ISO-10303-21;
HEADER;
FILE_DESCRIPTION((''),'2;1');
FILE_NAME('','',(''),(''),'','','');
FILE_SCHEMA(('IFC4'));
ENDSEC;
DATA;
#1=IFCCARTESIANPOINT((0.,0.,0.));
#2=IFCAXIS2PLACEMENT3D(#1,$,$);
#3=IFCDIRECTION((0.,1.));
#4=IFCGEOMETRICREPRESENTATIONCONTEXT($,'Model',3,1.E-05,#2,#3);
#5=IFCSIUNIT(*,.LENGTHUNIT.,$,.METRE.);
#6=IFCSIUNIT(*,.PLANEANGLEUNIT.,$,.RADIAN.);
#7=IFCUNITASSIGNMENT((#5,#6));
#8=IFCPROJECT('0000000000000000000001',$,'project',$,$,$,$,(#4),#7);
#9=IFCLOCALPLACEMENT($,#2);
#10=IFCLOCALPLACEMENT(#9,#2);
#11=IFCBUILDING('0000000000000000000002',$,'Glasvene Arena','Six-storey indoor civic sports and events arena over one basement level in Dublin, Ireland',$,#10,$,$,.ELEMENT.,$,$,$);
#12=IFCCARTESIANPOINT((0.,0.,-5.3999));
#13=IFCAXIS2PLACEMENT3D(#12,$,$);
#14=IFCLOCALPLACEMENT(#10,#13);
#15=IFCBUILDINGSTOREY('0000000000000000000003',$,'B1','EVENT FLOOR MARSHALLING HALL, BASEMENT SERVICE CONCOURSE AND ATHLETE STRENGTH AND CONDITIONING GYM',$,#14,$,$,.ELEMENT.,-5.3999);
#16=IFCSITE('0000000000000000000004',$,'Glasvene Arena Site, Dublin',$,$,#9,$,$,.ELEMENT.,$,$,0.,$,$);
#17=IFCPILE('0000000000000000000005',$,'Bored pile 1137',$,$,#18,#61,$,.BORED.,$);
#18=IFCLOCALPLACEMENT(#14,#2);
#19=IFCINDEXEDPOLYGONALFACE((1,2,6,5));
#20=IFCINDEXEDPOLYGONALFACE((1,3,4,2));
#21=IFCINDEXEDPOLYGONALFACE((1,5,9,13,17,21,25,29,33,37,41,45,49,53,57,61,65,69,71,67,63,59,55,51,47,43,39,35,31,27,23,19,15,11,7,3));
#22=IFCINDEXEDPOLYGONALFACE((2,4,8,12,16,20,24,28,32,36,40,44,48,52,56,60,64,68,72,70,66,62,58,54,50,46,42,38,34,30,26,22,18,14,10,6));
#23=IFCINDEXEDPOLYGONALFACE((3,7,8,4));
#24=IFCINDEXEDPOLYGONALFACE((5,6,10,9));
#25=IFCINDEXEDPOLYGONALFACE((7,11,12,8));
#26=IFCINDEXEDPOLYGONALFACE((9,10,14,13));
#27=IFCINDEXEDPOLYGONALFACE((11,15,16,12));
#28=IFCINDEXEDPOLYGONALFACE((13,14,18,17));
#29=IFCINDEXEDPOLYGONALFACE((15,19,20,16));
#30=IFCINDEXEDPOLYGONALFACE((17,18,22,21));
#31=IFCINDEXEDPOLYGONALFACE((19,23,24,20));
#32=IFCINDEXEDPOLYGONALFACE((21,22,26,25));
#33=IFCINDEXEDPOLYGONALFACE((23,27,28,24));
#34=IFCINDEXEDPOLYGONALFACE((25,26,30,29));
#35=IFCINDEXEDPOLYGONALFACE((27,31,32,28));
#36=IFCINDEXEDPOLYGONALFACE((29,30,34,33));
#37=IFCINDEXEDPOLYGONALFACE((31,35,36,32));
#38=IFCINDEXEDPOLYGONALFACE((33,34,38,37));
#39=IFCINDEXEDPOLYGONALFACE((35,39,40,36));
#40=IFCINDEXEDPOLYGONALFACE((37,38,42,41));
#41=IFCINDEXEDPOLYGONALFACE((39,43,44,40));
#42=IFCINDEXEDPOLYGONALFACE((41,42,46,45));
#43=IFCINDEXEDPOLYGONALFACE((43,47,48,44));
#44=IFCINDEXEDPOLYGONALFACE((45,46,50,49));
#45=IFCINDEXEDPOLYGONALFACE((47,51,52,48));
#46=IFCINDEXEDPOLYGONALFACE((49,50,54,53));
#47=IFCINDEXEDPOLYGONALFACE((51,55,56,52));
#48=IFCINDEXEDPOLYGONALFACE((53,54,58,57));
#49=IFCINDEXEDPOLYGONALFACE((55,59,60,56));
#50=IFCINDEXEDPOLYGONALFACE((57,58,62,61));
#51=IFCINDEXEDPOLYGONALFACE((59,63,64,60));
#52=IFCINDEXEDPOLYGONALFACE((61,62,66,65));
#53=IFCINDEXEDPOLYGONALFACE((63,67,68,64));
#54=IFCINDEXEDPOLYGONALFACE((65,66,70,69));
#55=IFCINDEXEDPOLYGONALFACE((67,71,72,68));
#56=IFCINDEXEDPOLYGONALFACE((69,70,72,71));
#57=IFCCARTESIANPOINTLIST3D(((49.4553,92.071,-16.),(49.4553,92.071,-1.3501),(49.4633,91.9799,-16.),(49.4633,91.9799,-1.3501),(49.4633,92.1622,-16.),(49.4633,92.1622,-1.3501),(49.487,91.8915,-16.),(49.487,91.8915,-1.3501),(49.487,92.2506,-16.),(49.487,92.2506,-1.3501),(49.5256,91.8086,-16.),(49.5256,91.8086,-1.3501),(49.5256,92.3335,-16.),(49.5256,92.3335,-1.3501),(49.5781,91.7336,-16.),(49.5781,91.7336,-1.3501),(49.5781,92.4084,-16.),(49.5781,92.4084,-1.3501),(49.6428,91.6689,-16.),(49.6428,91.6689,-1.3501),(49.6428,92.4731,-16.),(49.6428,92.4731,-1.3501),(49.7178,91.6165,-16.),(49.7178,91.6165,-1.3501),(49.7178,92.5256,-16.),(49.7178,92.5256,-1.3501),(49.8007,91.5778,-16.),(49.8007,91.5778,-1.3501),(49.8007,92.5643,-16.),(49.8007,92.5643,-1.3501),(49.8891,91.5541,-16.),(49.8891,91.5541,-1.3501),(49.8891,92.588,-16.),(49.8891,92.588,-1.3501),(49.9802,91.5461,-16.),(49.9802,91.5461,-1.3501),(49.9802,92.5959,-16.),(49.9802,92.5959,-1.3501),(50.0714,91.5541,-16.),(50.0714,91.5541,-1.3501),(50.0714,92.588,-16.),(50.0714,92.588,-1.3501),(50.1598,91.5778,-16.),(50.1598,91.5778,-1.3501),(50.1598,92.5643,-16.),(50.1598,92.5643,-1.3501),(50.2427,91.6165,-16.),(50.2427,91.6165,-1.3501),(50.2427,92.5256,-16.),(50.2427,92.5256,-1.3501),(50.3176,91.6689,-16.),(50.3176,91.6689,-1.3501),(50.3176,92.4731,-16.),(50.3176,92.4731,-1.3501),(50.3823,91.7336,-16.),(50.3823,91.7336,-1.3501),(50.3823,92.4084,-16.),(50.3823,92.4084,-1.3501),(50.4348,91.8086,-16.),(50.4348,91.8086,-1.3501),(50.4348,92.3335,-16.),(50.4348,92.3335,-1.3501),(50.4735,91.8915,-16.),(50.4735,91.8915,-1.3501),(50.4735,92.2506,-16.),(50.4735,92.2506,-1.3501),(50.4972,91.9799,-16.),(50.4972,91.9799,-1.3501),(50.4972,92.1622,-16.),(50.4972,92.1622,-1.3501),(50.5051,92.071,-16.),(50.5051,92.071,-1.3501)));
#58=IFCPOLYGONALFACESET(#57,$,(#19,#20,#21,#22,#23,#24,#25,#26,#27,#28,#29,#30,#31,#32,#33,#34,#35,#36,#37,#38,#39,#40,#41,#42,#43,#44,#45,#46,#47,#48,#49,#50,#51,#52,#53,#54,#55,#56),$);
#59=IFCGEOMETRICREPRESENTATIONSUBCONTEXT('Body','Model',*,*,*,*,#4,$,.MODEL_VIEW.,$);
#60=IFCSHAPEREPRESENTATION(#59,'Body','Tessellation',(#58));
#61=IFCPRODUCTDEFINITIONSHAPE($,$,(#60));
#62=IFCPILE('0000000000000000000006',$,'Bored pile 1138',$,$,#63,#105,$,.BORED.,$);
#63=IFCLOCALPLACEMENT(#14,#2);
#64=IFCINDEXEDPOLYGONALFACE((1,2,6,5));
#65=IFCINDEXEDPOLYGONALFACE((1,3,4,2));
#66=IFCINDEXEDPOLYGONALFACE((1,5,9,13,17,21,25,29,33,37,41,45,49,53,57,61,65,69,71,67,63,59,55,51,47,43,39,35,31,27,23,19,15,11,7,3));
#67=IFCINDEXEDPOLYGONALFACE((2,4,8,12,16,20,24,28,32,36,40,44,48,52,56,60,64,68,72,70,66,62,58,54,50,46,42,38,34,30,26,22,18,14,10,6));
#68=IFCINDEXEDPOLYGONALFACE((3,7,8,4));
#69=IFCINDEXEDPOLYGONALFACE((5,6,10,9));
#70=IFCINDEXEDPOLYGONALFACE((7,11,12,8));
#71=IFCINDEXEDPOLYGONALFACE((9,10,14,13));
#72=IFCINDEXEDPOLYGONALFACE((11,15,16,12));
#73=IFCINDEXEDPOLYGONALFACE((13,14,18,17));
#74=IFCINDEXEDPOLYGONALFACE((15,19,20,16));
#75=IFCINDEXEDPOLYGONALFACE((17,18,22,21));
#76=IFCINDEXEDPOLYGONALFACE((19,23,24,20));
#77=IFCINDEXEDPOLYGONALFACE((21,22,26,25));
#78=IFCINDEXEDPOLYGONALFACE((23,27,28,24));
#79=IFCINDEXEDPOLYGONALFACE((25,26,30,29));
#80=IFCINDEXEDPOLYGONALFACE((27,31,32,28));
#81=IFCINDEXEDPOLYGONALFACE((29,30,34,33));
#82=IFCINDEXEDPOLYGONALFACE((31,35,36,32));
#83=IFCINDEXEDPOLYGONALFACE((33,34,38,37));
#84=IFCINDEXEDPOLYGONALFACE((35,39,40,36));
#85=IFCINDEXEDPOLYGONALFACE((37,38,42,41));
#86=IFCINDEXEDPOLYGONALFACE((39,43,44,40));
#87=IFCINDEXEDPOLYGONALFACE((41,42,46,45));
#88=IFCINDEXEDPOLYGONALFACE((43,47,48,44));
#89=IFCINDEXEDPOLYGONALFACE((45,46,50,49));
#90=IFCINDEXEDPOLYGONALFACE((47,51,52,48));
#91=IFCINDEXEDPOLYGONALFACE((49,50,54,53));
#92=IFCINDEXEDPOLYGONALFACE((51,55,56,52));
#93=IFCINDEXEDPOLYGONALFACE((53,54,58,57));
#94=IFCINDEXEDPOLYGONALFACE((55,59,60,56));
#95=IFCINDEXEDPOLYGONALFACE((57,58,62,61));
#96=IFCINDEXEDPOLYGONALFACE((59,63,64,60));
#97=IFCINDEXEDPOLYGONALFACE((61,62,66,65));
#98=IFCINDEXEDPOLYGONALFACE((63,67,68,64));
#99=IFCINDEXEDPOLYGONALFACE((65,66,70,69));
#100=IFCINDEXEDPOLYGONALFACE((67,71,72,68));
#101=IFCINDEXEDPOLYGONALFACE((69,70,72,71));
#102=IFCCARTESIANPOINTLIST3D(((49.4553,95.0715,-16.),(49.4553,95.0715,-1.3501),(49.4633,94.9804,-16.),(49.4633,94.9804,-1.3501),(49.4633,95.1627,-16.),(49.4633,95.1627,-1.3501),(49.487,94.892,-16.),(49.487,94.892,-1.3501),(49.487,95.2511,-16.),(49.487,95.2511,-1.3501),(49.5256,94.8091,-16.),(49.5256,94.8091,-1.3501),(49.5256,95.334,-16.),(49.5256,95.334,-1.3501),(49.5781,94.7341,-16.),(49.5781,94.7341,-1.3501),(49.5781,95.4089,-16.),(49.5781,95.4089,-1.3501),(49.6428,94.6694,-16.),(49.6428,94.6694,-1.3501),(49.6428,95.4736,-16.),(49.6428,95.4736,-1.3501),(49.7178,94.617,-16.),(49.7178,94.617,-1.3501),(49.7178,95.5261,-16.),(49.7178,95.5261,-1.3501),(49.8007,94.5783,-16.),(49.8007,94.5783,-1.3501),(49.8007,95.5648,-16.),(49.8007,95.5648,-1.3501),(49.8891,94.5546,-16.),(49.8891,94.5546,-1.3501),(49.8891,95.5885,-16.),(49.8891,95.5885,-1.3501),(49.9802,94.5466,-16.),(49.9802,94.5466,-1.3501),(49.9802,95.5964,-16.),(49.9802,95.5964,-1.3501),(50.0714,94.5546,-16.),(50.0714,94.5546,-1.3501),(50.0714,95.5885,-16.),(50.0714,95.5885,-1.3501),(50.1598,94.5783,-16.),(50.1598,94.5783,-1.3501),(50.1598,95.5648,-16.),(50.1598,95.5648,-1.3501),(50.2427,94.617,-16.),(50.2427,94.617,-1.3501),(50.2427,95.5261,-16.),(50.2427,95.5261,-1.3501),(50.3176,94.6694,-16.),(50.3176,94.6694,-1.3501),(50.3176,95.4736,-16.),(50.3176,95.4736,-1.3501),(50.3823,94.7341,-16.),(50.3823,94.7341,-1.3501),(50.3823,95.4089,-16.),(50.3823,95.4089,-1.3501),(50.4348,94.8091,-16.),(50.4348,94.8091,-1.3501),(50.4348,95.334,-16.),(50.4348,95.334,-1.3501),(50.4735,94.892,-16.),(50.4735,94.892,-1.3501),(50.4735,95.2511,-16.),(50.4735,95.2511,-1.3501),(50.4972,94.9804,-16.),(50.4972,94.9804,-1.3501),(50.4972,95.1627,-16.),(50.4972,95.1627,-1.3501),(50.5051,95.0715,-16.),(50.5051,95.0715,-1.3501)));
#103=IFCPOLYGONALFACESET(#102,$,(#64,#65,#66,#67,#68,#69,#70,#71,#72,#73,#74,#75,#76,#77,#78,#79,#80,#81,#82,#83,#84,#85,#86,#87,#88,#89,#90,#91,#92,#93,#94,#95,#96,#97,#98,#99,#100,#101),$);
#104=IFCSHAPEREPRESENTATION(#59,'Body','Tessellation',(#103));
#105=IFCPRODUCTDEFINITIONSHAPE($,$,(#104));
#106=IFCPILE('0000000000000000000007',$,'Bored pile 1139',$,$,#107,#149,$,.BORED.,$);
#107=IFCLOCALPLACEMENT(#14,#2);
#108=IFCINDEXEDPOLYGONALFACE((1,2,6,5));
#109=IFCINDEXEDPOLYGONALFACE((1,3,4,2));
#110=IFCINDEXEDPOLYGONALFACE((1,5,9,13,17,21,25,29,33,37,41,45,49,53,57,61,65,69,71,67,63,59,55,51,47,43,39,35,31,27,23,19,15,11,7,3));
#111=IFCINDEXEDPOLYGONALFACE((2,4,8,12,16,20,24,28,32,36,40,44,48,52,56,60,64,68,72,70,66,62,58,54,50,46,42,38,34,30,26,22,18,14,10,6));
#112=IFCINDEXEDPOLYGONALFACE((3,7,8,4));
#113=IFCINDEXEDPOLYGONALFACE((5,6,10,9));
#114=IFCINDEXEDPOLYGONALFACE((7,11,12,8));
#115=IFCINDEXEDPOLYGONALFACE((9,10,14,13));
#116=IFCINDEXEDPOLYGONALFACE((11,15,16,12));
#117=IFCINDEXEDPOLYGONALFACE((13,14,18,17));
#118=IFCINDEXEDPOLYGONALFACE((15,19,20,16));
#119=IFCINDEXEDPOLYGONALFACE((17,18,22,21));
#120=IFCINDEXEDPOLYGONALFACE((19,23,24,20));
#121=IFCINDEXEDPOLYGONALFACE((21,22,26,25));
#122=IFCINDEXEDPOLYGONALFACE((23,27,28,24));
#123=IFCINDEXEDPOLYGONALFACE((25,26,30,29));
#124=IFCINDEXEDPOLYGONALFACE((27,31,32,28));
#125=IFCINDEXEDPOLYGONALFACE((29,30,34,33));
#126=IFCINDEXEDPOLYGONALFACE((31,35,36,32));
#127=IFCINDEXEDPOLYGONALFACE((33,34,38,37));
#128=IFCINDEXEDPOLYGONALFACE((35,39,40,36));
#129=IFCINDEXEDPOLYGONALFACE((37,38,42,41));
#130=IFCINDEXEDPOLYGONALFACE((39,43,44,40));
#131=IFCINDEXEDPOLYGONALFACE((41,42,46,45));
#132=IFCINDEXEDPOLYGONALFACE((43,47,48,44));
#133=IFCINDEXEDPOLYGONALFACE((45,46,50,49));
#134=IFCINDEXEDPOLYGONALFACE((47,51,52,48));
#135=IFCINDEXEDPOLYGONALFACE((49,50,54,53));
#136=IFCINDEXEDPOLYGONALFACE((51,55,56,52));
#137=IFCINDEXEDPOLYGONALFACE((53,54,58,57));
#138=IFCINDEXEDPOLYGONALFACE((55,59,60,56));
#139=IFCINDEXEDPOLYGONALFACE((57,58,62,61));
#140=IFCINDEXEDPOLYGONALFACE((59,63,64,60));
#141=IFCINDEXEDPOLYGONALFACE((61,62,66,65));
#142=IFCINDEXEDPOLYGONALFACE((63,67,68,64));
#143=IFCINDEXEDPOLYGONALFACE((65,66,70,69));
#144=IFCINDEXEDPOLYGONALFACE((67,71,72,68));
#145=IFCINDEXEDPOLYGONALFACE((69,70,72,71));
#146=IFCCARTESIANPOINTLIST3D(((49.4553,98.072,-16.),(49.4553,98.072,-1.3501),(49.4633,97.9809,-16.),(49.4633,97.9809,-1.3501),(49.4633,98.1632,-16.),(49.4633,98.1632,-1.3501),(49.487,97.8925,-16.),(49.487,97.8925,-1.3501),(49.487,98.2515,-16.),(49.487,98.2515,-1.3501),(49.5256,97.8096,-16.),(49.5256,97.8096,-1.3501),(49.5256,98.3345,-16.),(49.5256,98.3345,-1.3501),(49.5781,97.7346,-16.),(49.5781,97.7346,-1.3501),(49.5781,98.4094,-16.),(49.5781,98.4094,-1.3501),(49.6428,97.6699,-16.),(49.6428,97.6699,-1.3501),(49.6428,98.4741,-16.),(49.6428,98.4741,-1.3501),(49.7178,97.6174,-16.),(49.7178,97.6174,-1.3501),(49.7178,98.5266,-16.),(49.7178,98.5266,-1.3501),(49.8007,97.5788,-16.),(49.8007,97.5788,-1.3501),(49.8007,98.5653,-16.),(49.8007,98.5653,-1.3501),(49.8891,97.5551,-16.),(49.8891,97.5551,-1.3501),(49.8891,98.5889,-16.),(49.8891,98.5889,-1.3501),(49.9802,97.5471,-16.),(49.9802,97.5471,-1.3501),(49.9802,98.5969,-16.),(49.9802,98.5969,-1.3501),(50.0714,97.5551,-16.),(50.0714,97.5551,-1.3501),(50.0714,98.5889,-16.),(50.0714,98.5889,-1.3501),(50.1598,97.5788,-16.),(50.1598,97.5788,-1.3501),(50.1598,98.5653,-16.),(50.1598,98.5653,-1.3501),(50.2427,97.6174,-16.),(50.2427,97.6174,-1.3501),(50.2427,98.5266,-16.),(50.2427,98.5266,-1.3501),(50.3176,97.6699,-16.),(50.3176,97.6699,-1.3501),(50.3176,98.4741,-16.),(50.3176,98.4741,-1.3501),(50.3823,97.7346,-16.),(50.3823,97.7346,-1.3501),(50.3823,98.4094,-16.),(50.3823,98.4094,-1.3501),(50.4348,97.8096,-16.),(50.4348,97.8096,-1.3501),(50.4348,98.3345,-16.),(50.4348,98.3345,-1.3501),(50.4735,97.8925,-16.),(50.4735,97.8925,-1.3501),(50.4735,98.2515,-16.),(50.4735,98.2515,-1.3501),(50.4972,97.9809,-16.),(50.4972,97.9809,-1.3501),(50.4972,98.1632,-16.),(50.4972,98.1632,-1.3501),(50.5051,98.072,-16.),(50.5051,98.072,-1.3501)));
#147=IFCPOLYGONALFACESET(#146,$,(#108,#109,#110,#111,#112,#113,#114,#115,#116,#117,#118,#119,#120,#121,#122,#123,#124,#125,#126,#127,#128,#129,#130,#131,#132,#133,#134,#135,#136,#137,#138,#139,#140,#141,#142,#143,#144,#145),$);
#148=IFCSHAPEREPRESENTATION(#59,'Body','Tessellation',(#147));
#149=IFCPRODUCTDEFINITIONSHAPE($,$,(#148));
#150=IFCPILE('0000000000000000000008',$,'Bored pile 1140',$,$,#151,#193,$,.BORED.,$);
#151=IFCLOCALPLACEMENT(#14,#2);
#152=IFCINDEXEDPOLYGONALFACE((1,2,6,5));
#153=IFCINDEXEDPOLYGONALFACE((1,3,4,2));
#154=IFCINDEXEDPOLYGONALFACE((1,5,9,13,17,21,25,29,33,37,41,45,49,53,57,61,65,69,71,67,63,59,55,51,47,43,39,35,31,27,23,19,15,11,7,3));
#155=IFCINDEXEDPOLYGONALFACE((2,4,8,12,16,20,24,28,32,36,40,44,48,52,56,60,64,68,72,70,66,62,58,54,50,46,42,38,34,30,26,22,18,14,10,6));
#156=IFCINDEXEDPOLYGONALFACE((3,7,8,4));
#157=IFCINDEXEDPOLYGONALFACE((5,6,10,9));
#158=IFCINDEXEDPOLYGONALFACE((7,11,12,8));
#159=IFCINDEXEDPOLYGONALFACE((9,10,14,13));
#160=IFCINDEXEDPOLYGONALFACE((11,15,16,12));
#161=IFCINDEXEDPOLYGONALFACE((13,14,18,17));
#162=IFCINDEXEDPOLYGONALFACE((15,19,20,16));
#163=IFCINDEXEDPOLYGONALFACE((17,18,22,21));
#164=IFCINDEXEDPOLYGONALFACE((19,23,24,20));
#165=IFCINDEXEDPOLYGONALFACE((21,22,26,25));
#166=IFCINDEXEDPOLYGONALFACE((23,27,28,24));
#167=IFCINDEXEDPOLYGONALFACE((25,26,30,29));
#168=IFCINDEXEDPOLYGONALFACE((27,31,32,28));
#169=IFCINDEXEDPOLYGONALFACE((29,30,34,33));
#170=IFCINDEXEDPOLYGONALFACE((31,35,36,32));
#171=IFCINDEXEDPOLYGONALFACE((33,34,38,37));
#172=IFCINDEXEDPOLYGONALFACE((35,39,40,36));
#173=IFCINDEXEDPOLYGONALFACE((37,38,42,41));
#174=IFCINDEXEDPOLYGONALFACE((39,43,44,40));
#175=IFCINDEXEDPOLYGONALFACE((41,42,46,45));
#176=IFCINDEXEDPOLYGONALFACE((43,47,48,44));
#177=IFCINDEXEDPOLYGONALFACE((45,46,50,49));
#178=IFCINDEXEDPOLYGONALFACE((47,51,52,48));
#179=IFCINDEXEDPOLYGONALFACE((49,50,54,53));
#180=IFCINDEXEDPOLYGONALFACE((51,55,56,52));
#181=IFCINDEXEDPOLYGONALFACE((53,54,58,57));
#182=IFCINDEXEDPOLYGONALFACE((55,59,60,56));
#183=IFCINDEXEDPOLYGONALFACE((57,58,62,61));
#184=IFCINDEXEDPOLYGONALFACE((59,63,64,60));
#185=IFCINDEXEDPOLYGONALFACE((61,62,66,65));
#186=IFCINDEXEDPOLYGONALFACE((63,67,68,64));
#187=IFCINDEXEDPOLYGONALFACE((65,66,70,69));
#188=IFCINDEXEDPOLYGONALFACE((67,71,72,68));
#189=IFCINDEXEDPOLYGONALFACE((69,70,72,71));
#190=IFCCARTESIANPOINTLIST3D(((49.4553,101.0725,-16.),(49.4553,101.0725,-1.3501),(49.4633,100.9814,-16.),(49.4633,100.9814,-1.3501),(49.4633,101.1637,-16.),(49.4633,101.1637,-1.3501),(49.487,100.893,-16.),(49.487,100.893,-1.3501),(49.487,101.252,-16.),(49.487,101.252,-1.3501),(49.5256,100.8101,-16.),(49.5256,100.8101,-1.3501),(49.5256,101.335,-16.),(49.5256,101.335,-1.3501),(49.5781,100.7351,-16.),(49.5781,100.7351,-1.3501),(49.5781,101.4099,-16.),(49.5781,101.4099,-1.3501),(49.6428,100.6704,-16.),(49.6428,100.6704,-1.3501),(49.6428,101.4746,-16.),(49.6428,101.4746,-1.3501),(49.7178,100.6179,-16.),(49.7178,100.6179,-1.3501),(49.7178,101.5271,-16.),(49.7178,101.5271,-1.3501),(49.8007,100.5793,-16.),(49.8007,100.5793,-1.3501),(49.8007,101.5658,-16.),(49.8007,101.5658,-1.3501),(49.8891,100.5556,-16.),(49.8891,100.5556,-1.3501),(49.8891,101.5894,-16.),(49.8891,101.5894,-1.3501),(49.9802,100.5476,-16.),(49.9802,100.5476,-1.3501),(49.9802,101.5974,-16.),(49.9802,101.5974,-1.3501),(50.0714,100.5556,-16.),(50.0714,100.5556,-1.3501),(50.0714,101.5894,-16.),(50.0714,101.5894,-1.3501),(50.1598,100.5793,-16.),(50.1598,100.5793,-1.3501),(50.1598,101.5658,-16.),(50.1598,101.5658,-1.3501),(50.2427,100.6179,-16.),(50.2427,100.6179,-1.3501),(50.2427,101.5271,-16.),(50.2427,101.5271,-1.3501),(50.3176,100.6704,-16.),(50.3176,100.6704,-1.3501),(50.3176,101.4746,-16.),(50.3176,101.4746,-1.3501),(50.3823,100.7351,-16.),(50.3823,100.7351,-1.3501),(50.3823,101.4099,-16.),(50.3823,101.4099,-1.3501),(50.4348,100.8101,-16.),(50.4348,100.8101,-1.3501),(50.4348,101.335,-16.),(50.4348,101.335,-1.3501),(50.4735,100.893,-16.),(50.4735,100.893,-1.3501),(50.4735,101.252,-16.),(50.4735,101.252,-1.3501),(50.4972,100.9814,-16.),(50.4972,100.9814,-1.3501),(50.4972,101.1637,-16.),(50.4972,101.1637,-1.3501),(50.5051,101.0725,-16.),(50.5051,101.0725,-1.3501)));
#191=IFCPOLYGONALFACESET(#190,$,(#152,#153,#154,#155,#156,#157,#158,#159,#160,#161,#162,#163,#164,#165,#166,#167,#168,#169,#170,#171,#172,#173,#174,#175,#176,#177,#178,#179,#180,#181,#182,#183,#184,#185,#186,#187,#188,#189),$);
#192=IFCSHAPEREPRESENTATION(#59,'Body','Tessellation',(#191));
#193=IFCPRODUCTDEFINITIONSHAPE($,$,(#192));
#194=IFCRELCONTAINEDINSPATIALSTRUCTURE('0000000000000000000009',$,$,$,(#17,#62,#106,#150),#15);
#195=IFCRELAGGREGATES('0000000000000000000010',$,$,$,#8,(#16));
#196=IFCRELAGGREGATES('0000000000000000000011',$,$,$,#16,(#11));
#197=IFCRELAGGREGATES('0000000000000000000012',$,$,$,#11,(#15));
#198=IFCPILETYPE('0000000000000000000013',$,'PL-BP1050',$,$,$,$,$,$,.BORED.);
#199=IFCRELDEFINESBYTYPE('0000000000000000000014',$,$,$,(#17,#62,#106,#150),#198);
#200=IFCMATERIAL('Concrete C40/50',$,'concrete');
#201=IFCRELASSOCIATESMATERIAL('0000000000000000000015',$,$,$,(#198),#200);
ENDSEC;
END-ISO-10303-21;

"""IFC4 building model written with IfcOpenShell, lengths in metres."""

from ifc_helpers import new_model, si_unit, direction, frame, origin, origin_2d, place, context, subcontext, project, spatial, circle, extrude, material, material_profile, profile_set, type_object, element, save


model = new_model("IFC4")

# Units and contexts
model_context = context("Model", 3, precision=1e-05, world=origin(), true_north=direction((0.0, 1.0)))
body_context = subcontext(model_context, "Body", "Model", "MODEL_VIEW")
ifc_project = project(units=[si_unit("LENGTHUNIT", "METRE"), si_unit("PLANEANGLEUNIT", "RADIAN")], contexts=[model_context])

# Site, building, storey
site_placement = place(None, origin())
site = spatial("IfcSite", under=ifc_project, at=site_placement, Name="Glasvene Arena Site, Dublin", CompositionType="ELEMENT", RefElevation=0.0)
building_placement = place(site_placement, origin())
building = spatial("IfcBuilding", under=site, at=building_placement, Name="Glasvene Arena", Description="Six-storey indoor civic sports and events arena over one basement level in Dublin, Ireland", CompositionType="ELEMENT")
storey_placement = place(building_placement, frame((0.0, 0.0, -5.3999)))
storey = spatial("IfcBuildingStorey", under=building, at=storey_placement, Name="B1", Description="EVENT FLOOR MARSHALLING HALL, BASEMENT SERVICE CONCOURSE AND ATHLETE STRENGTH AND CONDITIONING GYM", CompositionType="ELEMENT", Elevation=-5.3999)

# Piles
ifc_material_1 = material(Name="Concrete C40/50", Category="concrete")
ifc_material_profile_1 = material_profile(ifc_material_1, circle(Radius=0.5249, at=origin_2d()), Name="BORED PILE 1050")
ifc_profile_set_1 = profile_set([ifc_material_profile_1], Name="Concrete C40/50")
pile_type = type_object("IfcPileType", Name="PL-BP1050", PredefinedType="BORED", material=ifc_profile_set_1)
for number, where, z_axis, x_axis, name in (
    (1, (49.9802, 92.071, -1.3501), (0.0, 0.0, -1.0), (1.0, 0.0, 0.0), "Bored pile 1137"),
    (2, (49.9802, 95.0715, -1.3501), (0.0, 0.0, -1.0), (1.0, 0.0, 0.0), "Bored pile 1138"),
    (3, (49.9802, 98.072, -1.3501), (0.0, 0.0, -1.0), (1.0, 0.0, 0.0), "Bored pile 1139"),
    (4, (49.9802, 101.0725, -1.3501), (0.0, 0.0, -1.0), (1.0, 0.0, 0.0), "Bored pile 1140"),
):
    element("IfcPile", number, at=place(storey_placement, frame(where, z_axis=z_axis, x_axis=x_axis)), inside=storey, type_object=pile_type, Name=name, PredefinedType="BORED", context=body_context, shape_type="SweptSolid", body=[
        extrude(circle(Radius=0.5249, at=origin_2d()), origin(), (0.0, 0.0, 1.0), 14.6499),
    ])

save(model, "model.ifc")
